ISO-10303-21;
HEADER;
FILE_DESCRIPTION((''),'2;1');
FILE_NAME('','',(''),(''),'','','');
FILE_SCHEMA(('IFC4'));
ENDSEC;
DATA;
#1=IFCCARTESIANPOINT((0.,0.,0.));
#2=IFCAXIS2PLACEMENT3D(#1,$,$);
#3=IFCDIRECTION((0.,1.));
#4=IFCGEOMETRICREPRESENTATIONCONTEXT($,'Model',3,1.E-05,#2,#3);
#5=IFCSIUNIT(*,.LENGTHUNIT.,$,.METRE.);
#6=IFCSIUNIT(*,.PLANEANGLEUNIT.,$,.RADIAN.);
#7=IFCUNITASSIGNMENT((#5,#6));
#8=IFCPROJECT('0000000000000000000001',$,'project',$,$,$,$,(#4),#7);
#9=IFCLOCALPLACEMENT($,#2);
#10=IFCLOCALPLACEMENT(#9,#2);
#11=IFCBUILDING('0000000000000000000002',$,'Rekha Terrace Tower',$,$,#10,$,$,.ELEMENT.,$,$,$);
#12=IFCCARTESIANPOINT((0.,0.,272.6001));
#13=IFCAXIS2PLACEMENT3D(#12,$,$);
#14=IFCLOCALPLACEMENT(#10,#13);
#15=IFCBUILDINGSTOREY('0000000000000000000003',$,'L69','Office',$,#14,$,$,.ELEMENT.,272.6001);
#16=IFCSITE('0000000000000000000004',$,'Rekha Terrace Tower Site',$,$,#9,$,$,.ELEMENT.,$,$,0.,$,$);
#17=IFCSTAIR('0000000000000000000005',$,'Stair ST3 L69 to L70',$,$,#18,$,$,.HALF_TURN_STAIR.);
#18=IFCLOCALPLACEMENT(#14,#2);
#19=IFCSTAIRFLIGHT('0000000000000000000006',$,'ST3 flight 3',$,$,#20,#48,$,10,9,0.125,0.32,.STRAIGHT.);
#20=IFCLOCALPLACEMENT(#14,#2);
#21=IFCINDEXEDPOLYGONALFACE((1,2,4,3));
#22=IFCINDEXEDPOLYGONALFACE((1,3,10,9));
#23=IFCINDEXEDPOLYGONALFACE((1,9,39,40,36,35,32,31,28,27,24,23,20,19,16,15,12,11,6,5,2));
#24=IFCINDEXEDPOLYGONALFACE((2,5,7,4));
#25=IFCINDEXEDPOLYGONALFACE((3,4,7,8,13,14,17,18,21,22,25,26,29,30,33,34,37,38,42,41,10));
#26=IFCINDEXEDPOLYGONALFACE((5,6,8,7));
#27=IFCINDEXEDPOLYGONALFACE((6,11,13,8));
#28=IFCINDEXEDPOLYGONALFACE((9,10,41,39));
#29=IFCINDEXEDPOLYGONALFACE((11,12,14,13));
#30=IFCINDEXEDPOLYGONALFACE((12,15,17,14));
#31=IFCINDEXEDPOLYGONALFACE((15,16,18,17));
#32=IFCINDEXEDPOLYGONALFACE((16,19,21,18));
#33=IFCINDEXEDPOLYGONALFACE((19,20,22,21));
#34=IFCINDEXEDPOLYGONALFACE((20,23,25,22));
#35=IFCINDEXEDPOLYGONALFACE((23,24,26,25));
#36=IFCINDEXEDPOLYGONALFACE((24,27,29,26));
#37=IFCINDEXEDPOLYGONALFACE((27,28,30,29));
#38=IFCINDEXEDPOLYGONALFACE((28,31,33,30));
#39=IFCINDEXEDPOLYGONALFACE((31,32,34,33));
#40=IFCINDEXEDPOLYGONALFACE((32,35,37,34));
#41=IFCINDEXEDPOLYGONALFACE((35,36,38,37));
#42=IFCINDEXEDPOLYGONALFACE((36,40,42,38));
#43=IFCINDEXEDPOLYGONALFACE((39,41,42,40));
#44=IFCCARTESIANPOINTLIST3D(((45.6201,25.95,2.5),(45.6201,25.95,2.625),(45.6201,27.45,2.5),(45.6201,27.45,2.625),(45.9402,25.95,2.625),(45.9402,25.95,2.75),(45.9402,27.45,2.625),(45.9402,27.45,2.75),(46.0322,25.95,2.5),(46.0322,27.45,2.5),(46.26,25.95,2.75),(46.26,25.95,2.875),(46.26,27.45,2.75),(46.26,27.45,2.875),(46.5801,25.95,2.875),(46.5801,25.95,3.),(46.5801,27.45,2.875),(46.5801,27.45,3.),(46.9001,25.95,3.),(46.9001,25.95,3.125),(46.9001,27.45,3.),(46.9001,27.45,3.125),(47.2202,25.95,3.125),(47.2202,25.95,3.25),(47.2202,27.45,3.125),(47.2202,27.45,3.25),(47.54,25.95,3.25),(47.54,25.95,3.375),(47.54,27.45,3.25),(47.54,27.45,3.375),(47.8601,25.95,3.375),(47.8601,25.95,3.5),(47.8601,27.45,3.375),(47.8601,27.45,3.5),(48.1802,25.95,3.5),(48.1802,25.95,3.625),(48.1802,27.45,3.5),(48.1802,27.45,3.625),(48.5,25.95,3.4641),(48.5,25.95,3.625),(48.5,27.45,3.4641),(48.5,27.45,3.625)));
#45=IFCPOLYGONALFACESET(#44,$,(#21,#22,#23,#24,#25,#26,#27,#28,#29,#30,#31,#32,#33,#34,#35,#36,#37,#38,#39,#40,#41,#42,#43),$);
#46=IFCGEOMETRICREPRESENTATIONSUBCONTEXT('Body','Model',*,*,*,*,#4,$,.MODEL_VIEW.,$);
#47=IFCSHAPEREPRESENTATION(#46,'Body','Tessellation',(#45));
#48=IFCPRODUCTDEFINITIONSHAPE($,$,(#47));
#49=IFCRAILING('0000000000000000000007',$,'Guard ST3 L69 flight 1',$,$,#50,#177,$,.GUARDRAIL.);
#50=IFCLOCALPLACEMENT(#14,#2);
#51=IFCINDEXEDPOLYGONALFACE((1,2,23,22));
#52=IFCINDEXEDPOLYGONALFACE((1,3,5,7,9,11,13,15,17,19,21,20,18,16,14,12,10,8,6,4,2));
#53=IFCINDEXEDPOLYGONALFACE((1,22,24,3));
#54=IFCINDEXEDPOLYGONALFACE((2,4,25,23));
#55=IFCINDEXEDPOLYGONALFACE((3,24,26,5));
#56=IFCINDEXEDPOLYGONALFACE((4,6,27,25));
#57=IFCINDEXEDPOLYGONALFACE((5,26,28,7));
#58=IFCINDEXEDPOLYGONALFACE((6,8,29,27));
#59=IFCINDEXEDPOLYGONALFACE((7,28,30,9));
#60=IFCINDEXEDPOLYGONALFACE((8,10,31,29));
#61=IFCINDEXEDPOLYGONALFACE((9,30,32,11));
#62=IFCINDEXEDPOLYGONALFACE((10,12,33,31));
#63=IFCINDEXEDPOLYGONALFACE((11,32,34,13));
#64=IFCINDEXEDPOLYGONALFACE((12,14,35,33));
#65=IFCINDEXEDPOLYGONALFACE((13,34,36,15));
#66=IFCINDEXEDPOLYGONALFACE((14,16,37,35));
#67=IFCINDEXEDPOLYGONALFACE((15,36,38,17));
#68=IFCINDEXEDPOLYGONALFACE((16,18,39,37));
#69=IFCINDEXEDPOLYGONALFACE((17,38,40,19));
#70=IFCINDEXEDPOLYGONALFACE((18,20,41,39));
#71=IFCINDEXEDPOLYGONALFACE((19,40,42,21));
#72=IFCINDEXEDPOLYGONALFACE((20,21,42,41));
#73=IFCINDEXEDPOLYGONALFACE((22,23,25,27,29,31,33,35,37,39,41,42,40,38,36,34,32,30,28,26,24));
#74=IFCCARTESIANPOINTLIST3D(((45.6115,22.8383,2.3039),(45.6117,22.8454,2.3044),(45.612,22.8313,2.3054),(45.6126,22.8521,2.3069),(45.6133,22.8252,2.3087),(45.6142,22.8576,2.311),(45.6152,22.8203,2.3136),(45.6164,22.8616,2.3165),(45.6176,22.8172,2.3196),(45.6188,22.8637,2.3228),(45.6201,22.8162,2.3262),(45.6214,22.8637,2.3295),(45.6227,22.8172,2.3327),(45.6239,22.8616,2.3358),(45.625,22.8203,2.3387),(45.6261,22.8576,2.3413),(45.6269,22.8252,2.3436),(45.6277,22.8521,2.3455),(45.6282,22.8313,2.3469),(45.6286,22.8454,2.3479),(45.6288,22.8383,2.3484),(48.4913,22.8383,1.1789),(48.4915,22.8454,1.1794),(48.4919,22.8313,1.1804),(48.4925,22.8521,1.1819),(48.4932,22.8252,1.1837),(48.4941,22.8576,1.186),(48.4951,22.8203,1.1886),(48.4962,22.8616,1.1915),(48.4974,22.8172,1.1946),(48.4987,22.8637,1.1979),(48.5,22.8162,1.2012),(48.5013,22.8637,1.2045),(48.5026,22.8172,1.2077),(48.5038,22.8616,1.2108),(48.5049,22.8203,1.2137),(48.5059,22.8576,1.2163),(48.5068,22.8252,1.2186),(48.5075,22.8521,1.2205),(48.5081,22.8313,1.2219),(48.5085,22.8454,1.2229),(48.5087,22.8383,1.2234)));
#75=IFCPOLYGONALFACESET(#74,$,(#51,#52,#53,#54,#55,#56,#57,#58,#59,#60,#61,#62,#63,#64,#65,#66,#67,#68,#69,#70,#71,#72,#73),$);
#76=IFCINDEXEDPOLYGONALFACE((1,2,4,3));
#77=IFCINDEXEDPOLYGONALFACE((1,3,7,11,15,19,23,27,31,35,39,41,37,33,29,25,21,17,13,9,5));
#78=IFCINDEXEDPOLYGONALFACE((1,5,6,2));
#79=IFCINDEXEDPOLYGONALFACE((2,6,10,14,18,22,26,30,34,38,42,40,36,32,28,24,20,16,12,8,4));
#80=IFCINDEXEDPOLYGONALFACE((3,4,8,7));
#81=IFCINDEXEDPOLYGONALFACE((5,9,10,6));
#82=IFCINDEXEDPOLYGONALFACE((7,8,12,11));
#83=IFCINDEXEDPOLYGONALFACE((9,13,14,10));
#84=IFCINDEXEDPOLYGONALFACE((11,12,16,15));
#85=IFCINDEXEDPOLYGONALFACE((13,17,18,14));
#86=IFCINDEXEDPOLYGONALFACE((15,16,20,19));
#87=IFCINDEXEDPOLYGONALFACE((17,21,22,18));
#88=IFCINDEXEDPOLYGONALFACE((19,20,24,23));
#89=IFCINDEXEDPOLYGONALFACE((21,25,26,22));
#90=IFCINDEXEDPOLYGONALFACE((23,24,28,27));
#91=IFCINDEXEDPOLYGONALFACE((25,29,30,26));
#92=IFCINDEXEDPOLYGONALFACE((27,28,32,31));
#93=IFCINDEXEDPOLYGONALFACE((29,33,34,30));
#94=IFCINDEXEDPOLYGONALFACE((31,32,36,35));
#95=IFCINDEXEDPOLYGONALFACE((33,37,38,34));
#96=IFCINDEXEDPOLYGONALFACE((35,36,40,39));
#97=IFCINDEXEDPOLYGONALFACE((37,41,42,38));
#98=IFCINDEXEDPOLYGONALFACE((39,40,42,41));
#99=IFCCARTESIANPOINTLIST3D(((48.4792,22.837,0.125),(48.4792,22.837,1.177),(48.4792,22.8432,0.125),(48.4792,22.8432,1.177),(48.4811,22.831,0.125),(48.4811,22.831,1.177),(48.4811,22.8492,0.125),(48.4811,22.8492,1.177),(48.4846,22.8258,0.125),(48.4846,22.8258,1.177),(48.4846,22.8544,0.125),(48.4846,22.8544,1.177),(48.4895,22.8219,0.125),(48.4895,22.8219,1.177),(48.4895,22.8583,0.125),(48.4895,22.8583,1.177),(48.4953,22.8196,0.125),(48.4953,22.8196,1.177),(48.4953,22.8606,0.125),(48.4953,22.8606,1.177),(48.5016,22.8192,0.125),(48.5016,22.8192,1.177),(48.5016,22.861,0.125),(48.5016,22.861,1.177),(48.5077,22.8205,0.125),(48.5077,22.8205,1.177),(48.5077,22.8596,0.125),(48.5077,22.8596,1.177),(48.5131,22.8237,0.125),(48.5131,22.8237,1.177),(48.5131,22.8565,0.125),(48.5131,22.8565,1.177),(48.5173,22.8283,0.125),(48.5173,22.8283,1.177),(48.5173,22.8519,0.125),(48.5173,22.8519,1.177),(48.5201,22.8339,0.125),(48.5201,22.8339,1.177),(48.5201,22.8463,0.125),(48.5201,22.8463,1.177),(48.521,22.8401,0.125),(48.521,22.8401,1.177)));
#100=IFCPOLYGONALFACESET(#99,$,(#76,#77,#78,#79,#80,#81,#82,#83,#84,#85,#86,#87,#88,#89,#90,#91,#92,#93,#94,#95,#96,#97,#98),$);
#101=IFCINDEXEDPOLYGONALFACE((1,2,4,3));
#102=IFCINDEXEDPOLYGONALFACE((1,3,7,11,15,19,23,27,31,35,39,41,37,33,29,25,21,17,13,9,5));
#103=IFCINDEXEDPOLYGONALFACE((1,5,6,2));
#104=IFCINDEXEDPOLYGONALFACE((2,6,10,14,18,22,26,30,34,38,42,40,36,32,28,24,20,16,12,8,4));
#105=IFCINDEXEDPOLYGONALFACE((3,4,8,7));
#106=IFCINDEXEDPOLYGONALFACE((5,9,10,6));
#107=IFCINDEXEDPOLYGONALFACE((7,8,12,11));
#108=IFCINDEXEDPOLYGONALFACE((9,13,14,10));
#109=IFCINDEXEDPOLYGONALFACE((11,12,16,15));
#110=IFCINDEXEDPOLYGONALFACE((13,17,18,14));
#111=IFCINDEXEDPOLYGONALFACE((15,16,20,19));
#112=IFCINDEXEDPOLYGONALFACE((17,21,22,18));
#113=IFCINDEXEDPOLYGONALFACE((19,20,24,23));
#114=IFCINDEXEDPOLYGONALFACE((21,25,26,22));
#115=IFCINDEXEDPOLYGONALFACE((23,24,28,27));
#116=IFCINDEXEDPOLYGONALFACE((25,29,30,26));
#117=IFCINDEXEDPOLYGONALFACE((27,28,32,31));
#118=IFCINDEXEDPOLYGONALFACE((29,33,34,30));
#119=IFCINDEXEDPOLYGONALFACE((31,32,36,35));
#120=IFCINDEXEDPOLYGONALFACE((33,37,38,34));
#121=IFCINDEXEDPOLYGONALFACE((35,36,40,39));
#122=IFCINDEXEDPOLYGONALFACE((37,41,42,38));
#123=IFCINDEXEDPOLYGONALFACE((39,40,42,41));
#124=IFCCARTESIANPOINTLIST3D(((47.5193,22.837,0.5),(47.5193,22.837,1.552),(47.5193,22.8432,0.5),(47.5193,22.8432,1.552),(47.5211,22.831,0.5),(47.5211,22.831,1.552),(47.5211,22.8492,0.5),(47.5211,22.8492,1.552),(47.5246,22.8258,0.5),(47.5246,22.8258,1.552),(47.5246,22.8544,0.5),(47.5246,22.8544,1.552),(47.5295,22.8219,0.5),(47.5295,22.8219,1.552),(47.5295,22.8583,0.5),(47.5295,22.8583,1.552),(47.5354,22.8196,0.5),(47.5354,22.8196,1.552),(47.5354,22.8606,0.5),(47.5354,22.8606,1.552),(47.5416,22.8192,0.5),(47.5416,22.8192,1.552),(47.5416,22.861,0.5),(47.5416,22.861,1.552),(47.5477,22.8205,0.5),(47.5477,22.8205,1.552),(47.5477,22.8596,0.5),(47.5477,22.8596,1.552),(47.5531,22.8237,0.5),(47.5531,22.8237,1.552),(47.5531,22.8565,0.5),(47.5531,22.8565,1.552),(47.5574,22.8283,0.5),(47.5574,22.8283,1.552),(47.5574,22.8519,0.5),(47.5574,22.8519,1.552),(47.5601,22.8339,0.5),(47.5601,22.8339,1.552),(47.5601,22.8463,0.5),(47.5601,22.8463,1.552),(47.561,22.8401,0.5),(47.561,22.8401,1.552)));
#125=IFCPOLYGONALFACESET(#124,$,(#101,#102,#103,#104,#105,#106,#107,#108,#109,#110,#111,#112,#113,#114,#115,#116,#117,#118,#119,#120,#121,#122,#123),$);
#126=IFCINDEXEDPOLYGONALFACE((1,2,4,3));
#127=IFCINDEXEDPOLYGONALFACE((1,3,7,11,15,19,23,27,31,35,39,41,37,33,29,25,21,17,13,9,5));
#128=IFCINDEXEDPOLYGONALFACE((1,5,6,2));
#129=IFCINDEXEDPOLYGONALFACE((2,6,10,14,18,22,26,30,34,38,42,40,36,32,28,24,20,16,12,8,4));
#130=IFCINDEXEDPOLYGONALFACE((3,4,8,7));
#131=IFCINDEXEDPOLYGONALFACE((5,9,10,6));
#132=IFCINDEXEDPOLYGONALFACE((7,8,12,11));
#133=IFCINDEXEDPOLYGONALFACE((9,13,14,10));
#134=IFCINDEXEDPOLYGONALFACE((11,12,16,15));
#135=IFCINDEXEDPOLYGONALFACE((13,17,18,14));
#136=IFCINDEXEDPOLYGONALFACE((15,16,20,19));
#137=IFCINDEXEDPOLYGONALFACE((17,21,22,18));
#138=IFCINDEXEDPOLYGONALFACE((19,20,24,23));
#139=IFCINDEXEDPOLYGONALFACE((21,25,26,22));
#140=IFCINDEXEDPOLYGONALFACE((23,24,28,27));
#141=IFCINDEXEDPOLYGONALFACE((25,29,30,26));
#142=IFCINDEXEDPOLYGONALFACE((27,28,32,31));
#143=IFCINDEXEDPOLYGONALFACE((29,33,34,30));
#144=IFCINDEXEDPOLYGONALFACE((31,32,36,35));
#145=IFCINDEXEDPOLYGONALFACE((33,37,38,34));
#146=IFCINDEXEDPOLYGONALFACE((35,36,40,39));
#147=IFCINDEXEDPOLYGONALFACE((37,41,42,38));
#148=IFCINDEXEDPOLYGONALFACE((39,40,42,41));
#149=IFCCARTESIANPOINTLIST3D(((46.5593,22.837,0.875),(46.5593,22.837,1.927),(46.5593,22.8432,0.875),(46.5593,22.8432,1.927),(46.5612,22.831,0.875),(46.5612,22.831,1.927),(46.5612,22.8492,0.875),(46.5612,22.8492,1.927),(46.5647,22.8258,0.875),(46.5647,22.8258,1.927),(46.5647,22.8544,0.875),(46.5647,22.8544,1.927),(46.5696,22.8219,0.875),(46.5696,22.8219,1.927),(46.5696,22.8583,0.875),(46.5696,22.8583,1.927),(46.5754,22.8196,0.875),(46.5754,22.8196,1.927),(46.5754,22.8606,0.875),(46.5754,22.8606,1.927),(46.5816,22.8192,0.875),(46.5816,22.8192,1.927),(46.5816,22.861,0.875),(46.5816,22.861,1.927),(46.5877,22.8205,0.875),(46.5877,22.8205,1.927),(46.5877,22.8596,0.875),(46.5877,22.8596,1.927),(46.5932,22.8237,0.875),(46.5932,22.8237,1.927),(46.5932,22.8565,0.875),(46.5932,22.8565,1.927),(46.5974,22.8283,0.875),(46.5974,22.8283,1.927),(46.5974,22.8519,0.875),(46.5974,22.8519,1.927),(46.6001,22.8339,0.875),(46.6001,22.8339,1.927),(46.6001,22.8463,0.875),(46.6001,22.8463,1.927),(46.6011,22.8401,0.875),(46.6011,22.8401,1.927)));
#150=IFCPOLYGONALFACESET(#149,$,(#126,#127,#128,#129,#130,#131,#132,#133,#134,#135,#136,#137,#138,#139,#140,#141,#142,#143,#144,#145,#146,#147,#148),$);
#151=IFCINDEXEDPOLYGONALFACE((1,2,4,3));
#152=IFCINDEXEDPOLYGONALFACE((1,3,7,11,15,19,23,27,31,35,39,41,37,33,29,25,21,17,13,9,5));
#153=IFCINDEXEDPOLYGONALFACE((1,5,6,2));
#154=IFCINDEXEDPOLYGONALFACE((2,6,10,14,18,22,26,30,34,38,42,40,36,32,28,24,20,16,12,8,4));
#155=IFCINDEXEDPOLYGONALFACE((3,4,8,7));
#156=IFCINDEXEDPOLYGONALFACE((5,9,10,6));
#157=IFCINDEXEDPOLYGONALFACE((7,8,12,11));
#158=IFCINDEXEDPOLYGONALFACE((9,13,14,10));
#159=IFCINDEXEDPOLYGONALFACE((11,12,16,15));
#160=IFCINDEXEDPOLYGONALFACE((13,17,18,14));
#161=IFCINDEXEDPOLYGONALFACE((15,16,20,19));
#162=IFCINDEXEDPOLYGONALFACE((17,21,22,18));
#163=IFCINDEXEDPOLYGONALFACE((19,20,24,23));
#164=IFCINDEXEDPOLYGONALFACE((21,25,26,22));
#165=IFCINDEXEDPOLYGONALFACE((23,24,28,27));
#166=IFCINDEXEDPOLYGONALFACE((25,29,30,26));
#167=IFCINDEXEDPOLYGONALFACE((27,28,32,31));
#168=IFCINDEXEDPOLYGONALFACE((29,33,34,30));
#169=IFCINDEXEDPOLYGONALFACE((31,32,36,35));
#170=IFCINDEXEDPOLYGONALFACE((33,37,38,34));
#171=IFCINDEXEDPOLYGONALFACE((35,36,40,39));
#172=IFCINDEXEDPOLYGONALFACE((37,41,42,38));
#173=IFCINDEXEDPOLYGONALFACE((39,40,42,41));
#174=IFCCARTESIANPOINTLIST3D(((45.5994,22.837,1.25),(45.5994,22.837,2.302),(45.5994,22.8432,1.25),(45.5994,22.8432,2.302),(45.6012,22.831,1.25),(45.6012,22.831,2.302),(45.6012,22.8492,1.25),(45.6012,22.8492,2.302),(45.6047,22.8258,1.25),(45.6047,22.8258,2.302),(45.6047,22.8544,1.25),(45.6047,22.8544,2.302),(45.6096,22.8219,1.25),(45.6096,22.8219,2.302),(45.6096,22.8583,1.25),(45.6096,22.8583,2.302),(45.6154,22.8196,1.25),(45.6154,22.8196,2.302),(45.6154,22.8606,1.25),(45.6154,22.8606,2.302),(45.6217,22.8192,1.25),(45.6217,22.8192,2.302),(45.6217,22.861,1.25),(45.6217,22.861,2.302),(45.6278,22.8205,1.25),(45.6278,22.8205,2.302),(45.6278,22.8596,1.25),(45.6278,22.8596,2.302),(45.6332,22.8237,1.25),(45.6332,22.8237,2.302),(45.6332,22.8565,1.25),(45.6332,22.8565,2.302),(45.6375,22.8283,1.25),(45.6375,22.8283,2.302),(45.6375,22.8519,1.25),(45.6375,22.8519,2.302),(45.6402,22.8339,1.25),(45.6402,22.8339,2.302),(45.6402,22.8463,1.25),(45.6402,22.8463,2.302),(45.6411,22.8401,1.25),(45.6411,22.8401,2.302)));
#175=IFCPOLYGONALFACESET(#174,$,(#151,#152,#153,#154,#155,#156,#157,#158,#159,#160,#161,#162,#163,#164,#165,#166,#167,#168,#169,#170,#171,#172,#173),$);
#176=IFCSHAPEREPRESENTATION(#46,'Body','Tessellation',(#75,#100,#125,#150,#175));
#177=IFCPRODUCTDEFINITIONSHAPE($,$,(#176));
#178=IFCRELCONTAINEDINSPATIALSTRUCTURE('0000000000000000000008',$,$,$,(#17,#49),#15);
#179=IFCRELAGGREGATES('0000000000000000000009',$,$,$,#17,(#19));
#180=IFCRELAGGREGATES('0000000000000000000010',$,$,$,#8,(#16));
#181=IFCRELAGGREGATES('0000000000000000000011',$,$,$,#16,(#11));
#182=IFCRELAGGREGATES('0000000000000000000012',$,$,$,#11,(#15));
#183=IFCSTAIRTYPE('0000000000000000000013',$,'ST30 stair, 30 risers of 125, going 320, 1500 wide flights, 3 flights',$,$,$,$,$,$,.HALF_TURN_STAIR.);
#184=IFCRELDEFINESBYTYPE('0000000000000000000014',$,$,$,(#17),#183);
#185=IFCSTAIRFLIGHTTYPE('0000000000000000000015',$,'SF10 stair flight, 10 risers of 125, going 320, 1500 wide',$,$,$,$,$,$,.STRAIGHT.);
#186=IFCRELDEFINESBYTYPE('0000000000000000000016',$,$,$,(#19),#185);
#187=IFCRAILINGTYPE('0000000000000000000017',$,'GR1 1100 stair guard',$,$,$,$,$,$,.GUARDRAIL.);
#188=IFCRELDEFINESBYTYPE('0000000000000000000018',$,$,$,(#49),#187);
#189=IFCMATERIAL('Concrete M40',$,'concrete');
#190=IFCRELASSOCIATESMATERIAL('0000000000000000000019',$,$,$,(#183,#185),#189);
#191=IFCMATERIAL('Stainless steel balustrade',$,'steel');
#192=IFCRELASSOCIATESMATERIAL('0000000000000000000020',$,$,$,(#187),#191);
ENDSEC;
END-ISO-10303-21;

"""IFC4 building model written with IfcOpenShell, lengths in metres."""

from ifc_helpers import new_model, si_unit, direction, frame, origin, origin_2d, place, context, subcontext, project, spatial, polyline, circle, outline, extrude, material, type_object, element, aggregate, save


model = new_model("IFC4")

# Units and contexts
model_context = context("Model", 3, precision=1e-05, world=origin(), true_north=direction((0.0, 1.0)))
body_context = subcontext(model_context, "Body", "Model", "MODEL_VIEW")
ifc_project = project(units=[si_unit("LENGTHUNIT", "METRE"), si_unit("PLANEANGLEUNIT", "RADIAN")], contexts=[model_context])

# Site, building, storey
site_placement = place(None, origin())
site = spatial("IfcSite", under=ifc_project, at=site_placement, Name="Rekha Terrace Tower Site", CompositionType="ELEMENT", RefElevation=0.0)
building_placement = place(site_placement, origin())
building = spatial("IfcBuilding", under=site, at=building_placement, Name="Rekha Terrace Tower", CompositionType="ELEMENT")
storey_placement = place(building_placement, frame((0.0, 0.0, 272.6001)))
storey = spatial("IfcBuildingStorey", under=building, at=storey_placement, Name="L69", Description="Office", CompositionType="ELEMENT", Elevation=272.6001)

# Stair, stair flight
ifc_material_1 = material(Name="Concrete M40", Category="concrete")
stair_type = type_object("IfcStairType", Name="ST30 stair, 30 risers of 125, going 320, 1500 wide flights, 3 flights", PredefinedType="HALF_TURN_STAIR", material=ifc_material_1)
stair_placement = place(storey_placement, origin())
stair = element("IfcStair", 1, at=stair_placement, inside=storey, type_object=stair_type, Name="Stair ST3 L69 to L70", PredefinedType="HALF_TURN_STAIR")
stair_flight_type = type_object("IfcStairFlightType", Name="SF10 stair flight, 10 risers of 125, going 320, 1500 wide", PredefinedType="STRAIGHT", material=ifc_material_1)
stair_flight_1_placement = place(storey_placement, frame((45.6201, 26.7, 2.5), z_axis=(0.0, 0.0, 1.0), x_axis=(1.0, 0.0, 0.0)))
stair_flight_1 = element("IfcStairFlight", 2, at=stair_flight_1_placement, type_object=stair_flight_type, Name="ST3 flight 3", NumberOfRisers=10, NumberOfTreads=9, PredefinedType="STRAIGHT", RiserHeight=0.125, TreadLength=0.32, context=body_context, shape_type="SweptSolid", body=[
    extrude(outline(polyline([(0.0, 0.0), (0.0, 0.125), (0.3201, 0.125), (0.3201, 0.25), (0.6399, 0.25), (0.6399, 0.375), (0.96, 0.375), (0.96, 0.5), (1.28, 0.5), (1.28, 0.625), (1.6001, 0.625), (1.6001, 0.75), (1.9199, 0.75), (1.9199, 0.875), (2.24, 0.875), (2.24, 1.0), (2.5601, 1.0), (2.5601, 1.125), (2.8799, 1.125), (2.8799, 1.25), (2.8799, 0.9641), (0.4121, 0.0), (0.0, 0.0)])), frame((0.0, 0.75, 0.0), z_axis=(0.0, -1.0, 0.0), x_axis=(1.0, 0.0, 0.0)), (0.0, 0.0, 1.0), 1.5),
])
aggregate(stair, [stair_flight_1])

# Railing
ifc_material_2 = material(Name="Stainless steel balustrade", Category="steel")
railing_type_1 = type_object("IfcRailingType", Name="GR1 1100 stair guard", PredefinedType="GUARDRAIL", material=ifc_material_2)
railing_1_placement = place(storey_placement, frame((48.5, 22.8401, 0.125)))
element("IfcRailing", 3, at=railing_1_placement, inside=storey, type_object=railing_type_1, Name="Guard ST3 L69 flight 1", PredefinedType="GUARDRAIL", context=body_context, shape_type="SweptSolid", body=[
    extrude(circle(Radius=0.0239, at=origin_2d()), frame((0.0, 0.0, 1.0762), z_axis=(-0.931452, 0.0, 0.363863), x_axis=(0.0, -1.0, 0.0)), (0.0, 0.0, 1.0), 3.0918),
    extrude(circle(Radius=0.021, at=origin_2d()), origin(), (0.0, 0.0, 1.0), 1.052),
    extrude(circle(Radius=0.021, at=origin_2d()), frame((-0.96, 0.0, 0.375)), (0.0, 0.0, 1.0), 1.052),
    extrude(circle(Radius=0.021, at=origin_2d()), frame((-1.9199, 0.0, 0.75)), (0.0, 0.0, 1.0), 1.052),
    extrude(circle(Radius=0.021, at=origin_2d()), frame((-2.8799, 0.0, 1.125)), (0.0, 0.0, 1.0), 1.052),
])

save(model, "model.ifc")
